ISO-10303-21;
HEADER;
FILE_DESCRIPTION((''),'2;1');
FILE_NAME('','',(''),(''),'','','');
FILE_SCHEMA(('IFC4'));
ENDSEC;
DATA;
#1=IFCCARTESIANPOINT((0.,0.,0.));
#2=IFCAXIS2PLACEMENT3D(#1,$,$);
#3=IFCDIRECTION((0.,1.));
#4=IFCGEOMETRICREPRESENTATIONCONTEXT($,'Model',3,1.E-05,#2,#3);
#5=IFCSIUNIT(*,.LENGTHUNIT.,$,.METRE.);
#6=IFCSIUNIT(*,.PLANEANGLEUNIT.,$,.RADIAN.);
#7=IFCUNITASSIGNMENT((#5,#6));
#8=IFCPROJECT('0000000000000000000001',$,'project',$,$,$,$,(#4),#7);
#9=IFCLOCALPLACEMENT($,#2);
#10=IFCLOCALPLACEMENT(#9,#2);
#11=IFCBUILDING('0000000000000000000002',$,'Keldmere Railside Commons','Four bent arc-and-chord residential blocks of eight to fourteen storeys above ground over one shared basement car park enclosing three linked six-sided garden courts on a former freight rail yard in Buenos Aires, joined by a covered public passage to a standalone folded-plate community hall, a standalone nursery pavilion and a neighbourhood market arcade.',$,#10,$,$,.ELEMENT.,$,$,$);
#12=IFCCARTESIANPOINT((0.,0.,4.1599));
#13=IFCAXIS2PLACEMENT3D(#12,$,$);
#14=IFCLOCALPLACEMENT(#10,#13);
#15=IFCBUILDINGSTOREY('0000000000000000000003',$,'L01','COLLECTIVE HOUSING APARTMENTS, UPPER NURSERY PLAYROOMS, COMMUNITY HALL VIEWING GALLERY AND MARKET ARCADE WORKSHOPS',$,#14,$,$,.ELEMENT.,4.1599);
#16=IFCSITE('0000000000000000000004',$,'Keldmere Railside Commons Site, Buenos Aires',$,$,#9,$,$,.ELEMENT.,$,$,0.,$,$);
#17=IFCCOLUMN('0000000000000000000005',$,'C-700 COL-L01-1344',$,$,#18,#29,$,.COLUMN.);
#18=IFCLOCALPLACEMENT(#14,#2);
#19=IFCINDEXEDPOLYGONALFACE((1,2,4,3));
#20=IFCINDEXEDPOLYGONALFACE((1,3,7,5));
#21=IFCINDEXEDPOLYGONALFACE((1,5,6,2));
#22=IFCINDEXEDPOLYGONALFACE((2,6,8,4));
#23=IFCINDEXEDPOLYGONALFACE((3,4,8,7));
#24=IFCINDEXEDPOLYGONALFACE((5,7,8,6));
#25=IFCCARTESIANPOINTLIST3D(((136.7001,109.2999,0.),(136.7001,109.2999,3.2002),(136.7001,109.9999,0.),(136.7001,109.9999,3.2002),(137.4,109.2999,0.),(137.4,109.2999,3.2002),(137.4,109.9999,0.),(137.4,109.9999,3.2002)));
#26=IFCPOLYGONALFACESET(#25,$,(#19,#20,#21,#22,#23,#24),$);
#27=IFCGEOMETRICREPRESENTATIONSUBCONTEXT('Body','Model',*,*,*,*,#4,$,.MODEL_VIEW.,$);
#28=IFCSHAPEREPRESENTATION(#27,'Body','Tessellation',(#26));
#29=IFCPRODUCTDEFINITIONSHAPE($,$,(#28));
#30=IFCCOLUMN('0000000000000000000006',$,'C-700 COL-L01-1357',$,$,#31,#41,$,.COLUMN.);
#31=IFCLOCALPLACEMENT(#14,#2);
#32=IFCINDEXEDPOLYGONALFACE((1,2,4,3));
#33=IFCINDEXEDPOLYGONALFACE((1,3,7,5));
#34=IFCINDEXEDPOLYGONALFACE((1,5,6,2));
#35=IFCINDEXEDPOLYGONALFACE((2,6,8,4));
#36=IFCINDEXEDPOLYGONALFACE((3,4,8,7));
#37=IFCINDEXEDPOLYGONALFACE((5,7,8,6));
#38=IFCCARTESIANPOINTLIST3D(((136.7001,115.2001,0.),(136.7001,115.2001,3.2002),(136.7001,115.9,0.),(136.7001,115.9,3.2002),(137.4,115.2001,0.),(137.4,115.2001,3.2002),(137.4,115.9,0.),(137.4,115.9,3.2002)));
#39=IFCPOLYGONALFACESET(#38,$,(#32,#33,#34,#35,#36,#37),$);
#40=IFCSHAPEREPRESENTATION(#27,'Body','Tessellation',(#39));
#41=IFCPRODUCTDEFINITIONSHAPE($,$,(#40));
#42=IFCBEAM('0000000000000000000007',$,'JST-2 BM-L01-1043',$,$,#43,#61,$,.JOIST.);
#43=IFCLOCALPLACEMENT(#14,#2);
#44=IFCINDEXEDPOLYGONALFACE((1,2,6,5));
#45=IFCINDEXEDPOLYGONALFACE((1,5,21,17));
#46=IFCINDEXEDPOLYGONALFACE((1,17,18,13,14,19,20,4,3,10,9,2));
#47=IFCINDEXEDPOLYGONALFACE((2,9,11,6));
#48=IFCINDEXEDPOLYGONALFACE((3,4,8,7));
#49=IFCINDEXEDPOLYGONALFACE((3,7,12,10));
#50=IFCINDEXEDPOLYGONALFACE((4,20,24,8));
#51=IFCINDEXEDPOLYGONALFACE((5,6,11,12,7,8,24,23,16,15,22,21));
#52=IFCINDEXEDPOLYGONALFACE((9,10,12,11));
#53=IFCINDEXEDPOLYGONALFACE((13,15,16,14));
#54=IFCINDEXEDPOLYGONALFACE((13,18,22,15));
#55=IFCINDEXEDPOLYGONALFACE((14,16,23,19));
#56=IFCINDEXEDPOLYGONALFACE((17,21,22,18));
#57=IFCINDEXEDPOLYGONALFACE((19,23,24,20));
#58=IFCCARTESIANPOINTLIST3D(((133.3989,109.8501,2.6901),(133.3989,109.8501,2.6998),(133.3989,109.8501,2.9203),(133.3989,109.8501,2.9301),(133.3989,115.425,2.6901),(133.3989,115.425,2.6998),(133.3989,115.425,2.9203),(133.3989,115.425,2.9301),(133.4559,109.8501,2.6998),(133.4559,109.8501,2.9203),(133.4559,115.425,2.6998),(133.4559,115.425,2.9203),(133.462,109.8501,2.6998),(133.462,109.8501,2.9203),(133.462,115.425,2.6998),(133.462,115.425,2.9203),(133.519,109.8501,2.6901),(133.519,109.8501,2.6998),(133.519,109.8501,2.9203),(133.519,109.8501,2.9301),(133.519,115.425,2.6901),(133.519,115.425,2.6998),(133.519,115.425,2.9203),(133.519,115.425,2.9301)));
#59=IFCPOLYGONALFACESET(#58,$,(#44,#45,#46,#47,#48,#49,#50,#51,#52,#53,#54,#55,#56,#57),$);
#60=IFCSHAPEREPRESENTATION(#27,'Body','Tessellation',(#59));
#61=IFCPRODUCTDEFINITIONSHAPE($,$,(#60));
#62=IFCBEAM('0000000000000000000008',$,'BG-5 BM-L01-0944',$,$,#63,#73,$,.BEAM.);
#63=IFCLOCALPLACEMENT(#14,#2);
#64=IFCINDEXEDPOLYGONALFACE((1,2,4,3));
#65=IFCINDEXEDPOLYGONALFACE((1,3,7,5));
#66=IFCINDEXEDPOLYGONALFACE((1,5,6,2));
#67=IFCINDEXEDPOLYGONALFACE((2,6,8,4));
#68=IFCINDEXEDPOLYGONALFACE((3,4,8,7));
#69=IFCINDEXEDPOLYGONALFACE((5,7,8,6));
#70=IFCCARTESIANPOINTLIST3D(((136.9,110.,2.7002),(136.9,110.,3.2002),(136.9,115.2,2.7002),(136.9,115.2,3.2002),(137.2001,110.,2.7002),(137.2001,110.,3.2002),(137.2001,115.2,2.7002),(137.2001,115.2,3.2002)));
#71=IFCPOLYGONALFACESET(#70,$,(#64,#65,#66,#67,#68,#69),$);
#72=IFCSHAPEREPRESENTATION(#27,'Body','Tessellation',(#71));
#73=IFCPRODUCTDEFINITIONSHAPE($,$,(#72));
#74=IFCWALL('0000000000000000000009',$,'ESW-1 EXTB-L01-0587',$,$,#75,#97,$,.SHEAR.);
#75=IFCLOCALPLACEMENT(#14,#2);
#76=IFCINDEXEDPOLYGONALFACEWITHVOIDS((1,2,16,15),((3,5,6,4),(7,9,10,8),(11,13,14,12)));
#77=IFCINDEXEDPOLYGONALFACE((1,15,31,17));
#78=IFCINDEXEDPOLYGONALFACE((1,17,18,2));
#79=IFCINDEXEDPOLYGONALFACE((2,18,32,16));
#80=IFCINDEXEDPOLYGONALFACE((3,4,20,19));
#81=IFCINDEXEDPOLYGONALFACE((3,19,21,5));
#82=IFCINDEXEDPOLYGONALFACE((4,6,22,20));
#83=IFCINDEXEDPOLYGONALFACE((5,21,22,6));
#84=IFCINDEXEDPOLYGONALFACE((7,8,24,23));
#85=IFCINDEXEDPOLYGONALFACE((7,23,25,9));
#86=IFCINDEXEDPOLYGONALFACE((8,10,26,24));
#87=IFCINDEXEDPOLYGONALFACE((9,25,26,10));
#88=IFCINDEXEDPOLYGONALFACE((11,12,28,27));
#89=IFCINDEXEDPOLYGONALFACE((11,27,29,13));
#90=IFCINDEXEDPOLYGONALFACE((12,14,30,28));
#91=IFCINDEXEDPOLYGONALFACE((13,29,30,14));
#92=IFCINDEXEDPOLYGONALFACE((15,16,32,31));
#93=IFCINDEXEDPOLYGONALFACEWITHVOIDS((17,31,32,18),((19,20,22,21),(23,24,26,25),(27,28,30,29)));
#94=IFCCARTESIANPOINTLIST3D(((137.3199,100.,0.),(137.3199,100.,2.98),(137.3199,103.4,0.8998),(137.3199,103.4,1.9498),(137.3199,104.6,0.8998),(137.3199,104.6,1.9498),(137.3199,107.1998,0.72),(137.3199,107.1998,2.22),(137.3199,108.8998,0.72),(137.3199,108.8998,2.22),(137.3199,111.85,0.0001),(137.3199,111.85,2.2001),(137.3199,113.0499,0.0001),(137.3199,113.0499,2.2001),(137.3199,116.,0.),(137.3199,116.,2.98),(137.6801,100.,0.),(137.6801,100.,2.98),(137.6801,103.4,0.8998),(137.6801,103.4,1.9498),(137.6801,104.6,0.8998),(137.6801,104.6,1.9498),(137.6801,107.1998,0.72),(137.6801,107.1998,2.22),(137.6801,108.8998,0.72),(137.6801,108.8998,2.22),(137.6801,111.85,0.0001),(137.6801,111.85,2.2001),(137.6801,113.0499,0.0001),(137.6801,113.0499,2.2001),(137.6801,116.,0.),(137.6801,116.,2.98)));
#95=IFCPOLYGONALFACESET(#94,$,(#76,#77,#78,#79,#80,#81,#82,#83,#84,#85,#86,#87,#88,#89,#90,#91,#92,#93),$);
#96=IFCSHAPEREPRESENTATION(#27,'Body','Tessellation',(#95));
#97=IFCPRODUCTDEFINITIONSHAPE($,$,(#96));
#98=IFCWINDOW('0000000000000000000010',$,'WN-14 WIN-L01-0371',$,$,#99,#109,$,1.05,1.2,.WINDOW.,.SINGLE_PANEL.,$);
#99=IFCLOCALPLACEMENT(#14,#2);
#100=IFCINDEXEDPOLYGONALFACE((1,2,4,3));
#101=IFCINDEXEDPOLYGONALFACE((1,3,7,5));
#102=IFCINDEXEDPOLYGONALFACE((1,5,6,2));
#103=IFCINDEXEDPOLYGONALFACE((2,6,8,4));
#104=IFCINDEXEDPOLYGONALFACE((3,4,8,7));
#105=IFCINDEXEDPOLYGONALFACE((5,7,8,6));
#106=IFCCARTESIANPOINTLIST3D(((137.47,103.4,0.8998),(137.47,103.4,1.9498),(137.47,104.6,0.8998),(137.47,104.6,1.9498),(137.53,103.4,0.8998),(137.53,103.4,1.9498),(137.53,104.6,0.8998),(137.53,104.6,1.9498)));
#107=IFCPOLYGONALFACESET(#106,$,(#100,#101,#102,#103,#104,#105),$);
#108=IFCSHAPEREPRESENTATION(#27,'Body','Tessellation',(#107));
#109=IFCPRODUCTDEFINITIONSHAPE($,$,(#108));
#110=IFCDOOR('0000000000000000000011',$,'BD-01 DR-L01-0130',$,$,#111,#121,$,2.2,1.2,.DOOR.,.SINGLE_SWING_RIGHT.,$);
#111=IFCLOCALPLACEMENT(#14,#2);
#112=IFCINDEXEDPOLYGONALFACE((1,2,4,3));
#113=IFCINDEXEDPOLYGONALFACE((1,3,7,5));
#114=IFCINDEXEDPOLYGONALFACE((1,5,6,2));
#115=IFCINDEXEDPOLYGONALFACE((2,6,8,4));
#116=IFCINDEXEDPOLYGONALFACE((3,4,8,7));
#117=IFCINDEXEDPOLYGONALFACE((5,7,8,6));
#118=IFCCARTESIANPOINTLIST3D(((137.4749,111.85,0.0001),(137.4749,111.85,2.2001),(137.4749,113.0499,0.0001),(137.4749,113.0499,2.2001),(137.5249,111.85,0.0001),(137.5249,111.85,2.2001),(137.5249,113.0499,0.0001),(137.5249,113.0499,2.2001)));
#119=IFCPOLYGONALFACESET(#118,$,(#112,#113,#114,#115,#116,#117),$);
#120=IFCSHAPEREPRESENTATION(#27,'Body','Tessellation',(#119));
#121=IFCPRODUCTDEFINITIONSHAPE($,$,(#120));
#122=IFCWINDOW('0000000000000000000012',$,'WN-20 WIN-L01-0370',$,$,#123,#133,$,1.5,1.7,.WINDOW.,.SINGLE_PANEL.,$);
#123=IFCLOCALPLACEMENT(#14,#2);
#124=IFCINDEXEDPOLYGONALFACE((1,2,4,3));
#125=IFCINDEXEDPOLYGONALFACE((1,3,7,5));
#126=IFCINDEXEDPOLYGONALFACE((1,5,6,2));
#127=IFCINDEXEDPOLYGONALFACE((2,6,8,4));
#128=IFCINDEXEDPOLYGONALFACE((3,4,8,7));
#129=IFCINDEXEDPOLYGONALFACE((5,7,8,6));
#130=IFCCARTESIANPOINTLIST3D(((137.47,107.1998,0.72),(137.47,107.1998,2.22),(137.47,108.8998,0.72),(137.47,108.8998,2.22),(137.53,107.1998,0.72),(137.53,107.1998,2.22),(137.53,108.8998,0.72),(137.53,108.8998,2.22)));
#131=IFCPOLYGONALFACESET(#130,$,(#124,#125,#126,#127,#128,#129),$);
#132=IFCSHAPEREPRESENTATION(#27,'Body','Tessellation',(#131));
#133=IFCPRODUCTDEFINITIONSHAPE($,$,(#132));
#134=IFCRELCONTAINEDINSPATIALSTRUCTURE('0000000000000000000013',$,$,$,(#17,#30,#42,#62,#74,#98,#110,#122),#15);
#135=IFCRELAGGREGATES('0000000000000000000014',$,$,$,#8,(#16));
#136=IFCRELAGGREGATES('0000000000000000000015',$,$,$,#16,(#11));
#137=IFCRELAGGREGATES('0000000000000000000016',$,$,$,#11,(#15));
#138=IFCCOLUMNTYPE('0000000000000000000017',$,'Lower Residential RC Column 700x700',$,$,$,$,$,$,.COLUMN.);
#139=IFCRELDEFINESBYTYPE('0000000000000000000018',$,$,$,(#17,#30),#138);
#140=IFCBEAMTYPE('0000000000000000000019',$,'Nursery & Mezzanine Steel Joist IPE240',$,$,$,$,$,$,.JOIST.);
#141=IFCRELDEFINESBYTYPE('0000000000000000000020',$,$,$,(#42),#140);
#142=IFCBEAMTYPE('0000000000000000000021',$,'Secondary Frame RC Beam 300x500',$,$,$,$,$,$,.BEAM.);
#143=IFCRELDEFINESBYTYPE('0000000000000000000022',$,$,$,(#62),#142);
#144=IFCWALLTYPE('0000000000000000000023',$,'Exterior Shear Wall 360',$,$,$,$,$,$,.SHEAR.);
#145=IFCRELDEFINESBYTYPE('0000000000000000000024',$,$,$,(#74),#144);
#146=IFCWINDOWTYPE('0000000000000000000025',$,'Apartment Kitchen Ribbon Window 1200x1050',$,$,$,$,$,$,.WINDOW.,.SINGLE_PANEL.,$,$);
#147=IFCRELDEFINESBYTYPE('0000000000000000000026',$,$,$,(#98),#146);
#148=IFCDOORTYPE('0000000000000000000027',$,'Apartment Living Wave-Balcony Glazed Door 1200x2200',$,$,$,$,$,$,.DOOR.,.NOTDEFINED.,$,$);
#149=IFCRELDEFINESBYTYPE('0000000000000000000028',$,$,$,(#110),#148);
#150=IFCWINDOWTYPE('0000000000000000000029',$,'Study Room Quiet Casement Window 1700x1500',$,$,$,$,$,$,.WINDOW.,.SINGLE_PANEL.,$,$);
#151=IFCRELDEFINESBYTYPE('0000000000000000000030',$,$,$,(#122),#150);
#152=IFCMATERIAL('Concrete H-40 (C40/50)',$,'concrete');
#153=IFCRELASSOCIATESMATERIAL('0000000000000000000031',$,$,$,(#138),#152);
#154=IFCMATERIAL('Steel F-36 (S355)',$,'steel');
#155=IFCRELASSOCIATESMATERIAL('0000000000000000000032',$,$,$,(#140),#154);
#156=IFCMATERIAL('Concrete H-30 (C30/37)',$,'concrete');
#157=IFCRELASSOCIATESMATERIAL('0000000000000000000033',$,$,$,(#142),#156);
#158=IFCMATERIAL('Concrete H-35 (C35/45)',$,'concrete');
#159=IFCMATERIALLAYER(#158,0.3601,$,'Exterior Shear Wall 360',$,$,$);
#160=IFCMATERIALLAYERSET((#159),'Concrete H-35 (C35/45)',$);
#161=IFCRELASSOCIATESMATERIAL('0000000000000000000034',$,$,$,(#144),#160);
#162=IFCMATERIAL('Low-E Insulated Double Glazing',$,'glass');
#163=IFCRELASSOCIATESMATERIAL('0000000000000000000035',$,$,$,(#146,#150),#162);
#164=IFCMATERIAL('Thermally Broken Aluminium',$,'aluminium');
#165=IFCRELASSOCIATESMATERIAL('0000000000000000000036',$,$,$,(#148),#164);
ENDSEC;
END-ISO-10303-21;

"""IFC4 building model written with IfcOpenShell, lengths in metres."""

from ifc_helpers import new_model, si_unit, direction, frame, frame_2d, origin, origin_2d, place, context, subcontext, project, spatial, rectangle, i_section, extrude, material, layer, layer_set, material_profile, profile_set, type_object, element, fill, save


model = new_model("IFC4")

# Units and contexts
model_context = context("Model", 3, precision=1e-05, world=origin(), true_north=direction((0.0, 1.0)))
body_context = subcontext(model_context, "Body", "Model", "MODEL_VIEW")
ifc_project = project(units=[si_unit("LENGTHUNIT", "METRE"), si_unit("PLANEANGLEUNIT", "RADIAN")], contexts=[model_context])

# Site, building, storey
site_placement = place(None, origin())
site = spatial("IfcSite", under=ifc_project, at=site_placement, Name="Keldmere Railside Commons Site, Buenos Aires", CompositionType="ELEMENT", RefElevation=0.0)
building_placement = place(site_placement, origin())
building = spatial("IfcBuilding", under=site, at=building_placement, Name="Keldmere Railside Commons", Description="Four bent arc-and-chord residential blocks of eight to fourteen storeys above ground over one shared basement car park enclosing three linked six-sided garden courts on a former freight rail yard in Buenos Aires, joined by a covered public passage to a standalone folded-plate community hall, a standalone nursery pavilion and a neighbourhood market arcade.", CompositionType="ELEMENT")
storey_placement = place(building_placement, frame((0.0, 0.0, 4.1599)))
storey = spatial("IfcBuildingStorey", under=building, at=storey_placement, Name="L01", Description="COLLECTIVE HOUSING APARTMENTS, UPPER NURSERY PLAYROOMS, COMMUNITY HALL VIEWING GALLERY AND MARKET ARCADE WORKSHOPS", CompositionType="ELEMENT", Elevation=4.1599)

# Columns
ifc_material_1 = material(Name="Concrete H-40 (C40/50)", Category="concrete")
ifc_material_profile_1 = material_profile(ifc_material_1, rectangle(XDim=0.7, YDim=0.7, at=origin_2d()), Name="RC-700x700")
ifc_profile_set_1 = profile_set([ifc_material_profile_1], Name="Concrete H-40 (C40/50)")
column_type = type_object("IfcColumnType", Name="Lower Residential RC Column 700x700", PredefinedType="COLUMN", material=ifc_profile_set_1)
for number, where, z_axis, x_axis, name in (
    (1, (137.05, 109.6499, 0.0), (0.0, 0.0, 1.0), (1.0, 0.0, 0.0), "C-700 COL-L01-1344"),
    (2, (137.05, 115.55, 0.0), (0.0, 0.0, 1.0), (1.0, 0.0, 0.0), "C-700 COL-L01-1357"),
):
    element("IfcColumn", number, at=place(storey_placement, frame(where, z_axis=z_axis, x_axis=x_axis)), inside=storey, type_object=column_type, Name=name, PredefinedType="COLUMN", context=body_context, shape_type="SweptSolid", body=[
        extrude(rectangle(XDim=0.7, YDim=0.7, at=origin_2d()), origin(), (0.0, 0.0, 1.0), 3.2002),
    ])

# Beams
ifc_material_2 = material(Name="Steel F-36 (S355)", Category="steel")
ifc_material_profile_2 = material_profile(ifc_material_2, i_section(OverallWidth=0.1201, OverallDepth=0.24, WebThickness=0.0061, FlangeThickness=0.0098, at=origin_2d()), Name="IPE-240")
ifc_profile_set_2 = profile_set([ifc_material_profile_2], Name="Steel F-36 (S355)")
beam_type_1 = type_object("IfcBeamType", Name="Nursery & Mezzanine Steel Joist IPE240", PredefinedType="JOIST", material=ifc_profile_set_2)
beam_1_placement = place(storey_placement, frame((133.459, 109.8501, 2.8101), z_axis=(0.0, 1.0, 0.0), x_axis=(-1.0, 0.0, 0.0)))
element("IfcBeam", 3, at=beam_1_placement, inside=storey, type_object=beam_type_1, Name="JST-2 BM-L01-1043", PredefinedType="JOIST", context=body_context, shape_type="SweptSolid", body=[
    extrude(i_section(OverallWidth=0.1201, OverallDepth=0.24, WebThickness=0.0061, FlangeThickness=0.0098, at=origin_2d()), origin(), (0.0, 0.0, 1.0), 5.575),
])
ifc_material_3 = material(Name="Concrete H-30 (C30/37)", Category="concrete")
ifc_material_profile_3 = material_profile(ifc_material_3, rectangle(XDim=0.3, YDim=0.5, at=origin_2d()), Name="RC-300x500")
ifc_profile_set_3 = profile_set([ifc_material_profile_3], Name="Concrete H-30 (C30/37)")
beam_type_2 = type_object("IfcBeamType", Name="Secondary Frame RC Beam 300x500", PredefinedType="BEAM", material=ifc_profile_set_3)
beam_2_placement = place(storey_placement, frame((137.05, 110.0, 2.9502), z_axis=(0.0, 1.0, 0.0), x_axis=(-1.0, 0.0, 0.0)))
element("IfcBeam", 4, at=beam_2_placement, inside=storey, type_object=beam_type_2, Name="BG-5 BM-L01-0944", PredefinedType="BEAM", context=body_context, shape_type="SweptSolid", body=[
    extrude(rectangle(XDim=0.3, YDim=0.5, at=origin_2d()), origin(), (0.0, 0.0, 1.0), 5.2),
])

# Wall, openings, windows, door
ifc_material_4 = material(Name="Concrete H-35 (C35/45)", Category="concrete")
ifc_layer = layer(ifc_material_4, 0.3601, Name="Exterior Shear Wall 360")
ifc_layer_set = layer_set([ifc_layer], Name="Concrete H-35 (C35/45)")
wall_type = type_object("IfcWallType", Name="Exterior Shear Wall 360", PredefinedType="SHEAR", material=ifc_layer_set)
wall_placement = place(storey_placement, frame((137.5, 116.0, 0.0), z_axis=(0.0, 0.0, 1.0), x_axis=(0.0, -1.0, 0.0)))
wall = element("IfcWall", 5, at=wall_placement, inside=storey, type_object=wall_type, Name="ESW-1 EXTB-L01-0587", PredefinedType="SHEAR", context=body_context, shape_type="SweptSolid", body=[
    extrude(rectangle(XDim=16.0, YDim=0.3601, at=frame_2d((8.0, 0.0))), origin(), (0.0, 0.0, 1.0), 2.98),
])
opening_1_placement = place(wall_placement, frame((2.95, 0.0, 0.0)))
opening_1 = element("IfcOpeningElement", 6, at=opening_1_placement, cuts=wall, PredefinedType="OPENING", context=body_context, shape_type="SweptSolid", body=[
    extrude(rectangle(XDim=1.2, YDim=2.2, at=frame_2d((0.6001, 1.1001))), frame((0.0, 0.1899, 0.0), z_axis=(0.0, -1.0, 0.0), x_axis=(1.0, 0.0, 0.0)), (0.0, 0.0, 1.0), 0.3801),
])
opening_2_placement = place(wall_placement, frame((7.1001, 0.0, 0.72)))
opening_2 = element("IfcOpeningElement", 7, at=opening_2_placement, cuts=wall, PredefinedType="OPENING", context=body_context, shape_type="SweptSolid", body=[
    extrude(rectangle(XDim=1.7, YDim=1.5, at=frame_2d((0.8501, 0.75))), frame((0.0, 0.1899, 0.0), z_axis=(0.0, -1.0, 0.0), x_axis=(1.0, 0.0, 0.0)), (0.0, 0.0, 1.0), 0.3801),
])
opening_3_placement = place(wall_placement, frame((11.3999, 0.0, 0.8999)))
opening_3 = element("IfcOpeningElement", 8, at=opening_3_placement, cuts=wall, PredefinedType="OPENING", context=body_context, shape_type="SweptSolid", body=[
    extrude(rectangle(XDim=1.2, YDim=1.05, at=frame_2d((0.6001, 0.5249))), frame((0.0, 0.1899, 0.0), z_axis=(0.0, -1.0, 0.0), x_axis=(1.0, 0.0, 0.0)), (0.0, 0.0, 1.0), 0.3801),
])
ifc_material_5 = material(Name="Low-E Insulated Double Glazing", Category="glass")
window_type_1 = type_object("IfcWindowType", Name="Apartment Kitchen Ribbon Window 1200x1050", PartitioningType="SINGLE_PANEL", PredefinedType="WINDOW", material=ifc_material_5)
window_1_placement = place(opening_3_placement, origin())
window_1 = element("IfcWindow", 9, at=window_1_placement, inside=storey, type_object=window_type_1, Name="WN-14 WIN-L01-0371", OverallHeight=1.05, OverallWidth=1.2, PartitioningType="SINGLE_PANEL", PredefinedType="WINDOW", context=body_context, shape_type="SweptSolid", body=[
    extrude(rectangle(XDim=1.2, YDim=1.05, at=frame_2d((0.6001, 0.5249))), frame((0.0, 0.03, 0.0), z_axis=(0.0, -1.0, 0.0), x_axis=(1.0, 0.0, 0.0)), (0.0, 0.0, 1.0), 0.0601),
])
fill(opening_3, window_1)
ifc_material_6 = material(Name="Thermally Broken Aluminium", Category="aluminium")
door_type = type_object("IfcDoorType", Name="Apartment Living Wave-Balcony Glazed Door 1200x2200", OperationType="NOTDEFINED", PredefinedType="DOOR", material=ifc_material_6)
door_placement = place(opening_1_placement, origin())
door = element("IfcDoor", 10, at=door_placement, inside=storey, type_object=door_type, Name="BD-01 DR-L01-0130", OperationType="SINGLE_SWING_RIGHT", OverallHeight=2.2, OverallWidth=1.2, PredefinedType="DOOR", context=body_context, shape_type="SweptSolid", body=[
    extrude(rectangle(XDim=1.2, YDim=2.2, at=frame_2d((0.6001, 1.1001))), frame((0.0, 0.0249, 0.0), z_axis=(0.0, -1.0, 0.0), x_axis=(1.0, 0.0, 0.0)), (0.0, 0.0, 1.0), 0.05),
])
fill(opening_1, door)
window_type_2 = type_object("IfcWindowType", Name="Study Room Quiet Casement Window 1700x1500", PartitioningType="SINGLE_PANEL", PredefinedType="WINDOW", material=ifc_material_5)
window_2_placement = place(opening_2_placement, origin())
window_2 = element("IfcWindow", 11, at=window_2_placement, inside=storey, type_object=window_type_2, Name="WN-20 WIN-L01-0370", OverallHeight=1.5, OverallWidth=1.7, PartitioningType="SINGLE_PANEL", PredefinedType="WINDOW", context=body_context, shape_type="SweptSolid", body=[
    extrude(rectangle(XDim=1.7, YDim=1.5, at=frame_2d((0.8501, 0.75))), frame((0.0, 0.03, 0.0), z_axis=(0.0, -1.0, 0.0), x_axis=(1.0, 0.0, 0.0)), (0.0, 0.0, 1.0), 0.0601),
])
fill(opening_2, window_2)

save(model, "model.ifc")
